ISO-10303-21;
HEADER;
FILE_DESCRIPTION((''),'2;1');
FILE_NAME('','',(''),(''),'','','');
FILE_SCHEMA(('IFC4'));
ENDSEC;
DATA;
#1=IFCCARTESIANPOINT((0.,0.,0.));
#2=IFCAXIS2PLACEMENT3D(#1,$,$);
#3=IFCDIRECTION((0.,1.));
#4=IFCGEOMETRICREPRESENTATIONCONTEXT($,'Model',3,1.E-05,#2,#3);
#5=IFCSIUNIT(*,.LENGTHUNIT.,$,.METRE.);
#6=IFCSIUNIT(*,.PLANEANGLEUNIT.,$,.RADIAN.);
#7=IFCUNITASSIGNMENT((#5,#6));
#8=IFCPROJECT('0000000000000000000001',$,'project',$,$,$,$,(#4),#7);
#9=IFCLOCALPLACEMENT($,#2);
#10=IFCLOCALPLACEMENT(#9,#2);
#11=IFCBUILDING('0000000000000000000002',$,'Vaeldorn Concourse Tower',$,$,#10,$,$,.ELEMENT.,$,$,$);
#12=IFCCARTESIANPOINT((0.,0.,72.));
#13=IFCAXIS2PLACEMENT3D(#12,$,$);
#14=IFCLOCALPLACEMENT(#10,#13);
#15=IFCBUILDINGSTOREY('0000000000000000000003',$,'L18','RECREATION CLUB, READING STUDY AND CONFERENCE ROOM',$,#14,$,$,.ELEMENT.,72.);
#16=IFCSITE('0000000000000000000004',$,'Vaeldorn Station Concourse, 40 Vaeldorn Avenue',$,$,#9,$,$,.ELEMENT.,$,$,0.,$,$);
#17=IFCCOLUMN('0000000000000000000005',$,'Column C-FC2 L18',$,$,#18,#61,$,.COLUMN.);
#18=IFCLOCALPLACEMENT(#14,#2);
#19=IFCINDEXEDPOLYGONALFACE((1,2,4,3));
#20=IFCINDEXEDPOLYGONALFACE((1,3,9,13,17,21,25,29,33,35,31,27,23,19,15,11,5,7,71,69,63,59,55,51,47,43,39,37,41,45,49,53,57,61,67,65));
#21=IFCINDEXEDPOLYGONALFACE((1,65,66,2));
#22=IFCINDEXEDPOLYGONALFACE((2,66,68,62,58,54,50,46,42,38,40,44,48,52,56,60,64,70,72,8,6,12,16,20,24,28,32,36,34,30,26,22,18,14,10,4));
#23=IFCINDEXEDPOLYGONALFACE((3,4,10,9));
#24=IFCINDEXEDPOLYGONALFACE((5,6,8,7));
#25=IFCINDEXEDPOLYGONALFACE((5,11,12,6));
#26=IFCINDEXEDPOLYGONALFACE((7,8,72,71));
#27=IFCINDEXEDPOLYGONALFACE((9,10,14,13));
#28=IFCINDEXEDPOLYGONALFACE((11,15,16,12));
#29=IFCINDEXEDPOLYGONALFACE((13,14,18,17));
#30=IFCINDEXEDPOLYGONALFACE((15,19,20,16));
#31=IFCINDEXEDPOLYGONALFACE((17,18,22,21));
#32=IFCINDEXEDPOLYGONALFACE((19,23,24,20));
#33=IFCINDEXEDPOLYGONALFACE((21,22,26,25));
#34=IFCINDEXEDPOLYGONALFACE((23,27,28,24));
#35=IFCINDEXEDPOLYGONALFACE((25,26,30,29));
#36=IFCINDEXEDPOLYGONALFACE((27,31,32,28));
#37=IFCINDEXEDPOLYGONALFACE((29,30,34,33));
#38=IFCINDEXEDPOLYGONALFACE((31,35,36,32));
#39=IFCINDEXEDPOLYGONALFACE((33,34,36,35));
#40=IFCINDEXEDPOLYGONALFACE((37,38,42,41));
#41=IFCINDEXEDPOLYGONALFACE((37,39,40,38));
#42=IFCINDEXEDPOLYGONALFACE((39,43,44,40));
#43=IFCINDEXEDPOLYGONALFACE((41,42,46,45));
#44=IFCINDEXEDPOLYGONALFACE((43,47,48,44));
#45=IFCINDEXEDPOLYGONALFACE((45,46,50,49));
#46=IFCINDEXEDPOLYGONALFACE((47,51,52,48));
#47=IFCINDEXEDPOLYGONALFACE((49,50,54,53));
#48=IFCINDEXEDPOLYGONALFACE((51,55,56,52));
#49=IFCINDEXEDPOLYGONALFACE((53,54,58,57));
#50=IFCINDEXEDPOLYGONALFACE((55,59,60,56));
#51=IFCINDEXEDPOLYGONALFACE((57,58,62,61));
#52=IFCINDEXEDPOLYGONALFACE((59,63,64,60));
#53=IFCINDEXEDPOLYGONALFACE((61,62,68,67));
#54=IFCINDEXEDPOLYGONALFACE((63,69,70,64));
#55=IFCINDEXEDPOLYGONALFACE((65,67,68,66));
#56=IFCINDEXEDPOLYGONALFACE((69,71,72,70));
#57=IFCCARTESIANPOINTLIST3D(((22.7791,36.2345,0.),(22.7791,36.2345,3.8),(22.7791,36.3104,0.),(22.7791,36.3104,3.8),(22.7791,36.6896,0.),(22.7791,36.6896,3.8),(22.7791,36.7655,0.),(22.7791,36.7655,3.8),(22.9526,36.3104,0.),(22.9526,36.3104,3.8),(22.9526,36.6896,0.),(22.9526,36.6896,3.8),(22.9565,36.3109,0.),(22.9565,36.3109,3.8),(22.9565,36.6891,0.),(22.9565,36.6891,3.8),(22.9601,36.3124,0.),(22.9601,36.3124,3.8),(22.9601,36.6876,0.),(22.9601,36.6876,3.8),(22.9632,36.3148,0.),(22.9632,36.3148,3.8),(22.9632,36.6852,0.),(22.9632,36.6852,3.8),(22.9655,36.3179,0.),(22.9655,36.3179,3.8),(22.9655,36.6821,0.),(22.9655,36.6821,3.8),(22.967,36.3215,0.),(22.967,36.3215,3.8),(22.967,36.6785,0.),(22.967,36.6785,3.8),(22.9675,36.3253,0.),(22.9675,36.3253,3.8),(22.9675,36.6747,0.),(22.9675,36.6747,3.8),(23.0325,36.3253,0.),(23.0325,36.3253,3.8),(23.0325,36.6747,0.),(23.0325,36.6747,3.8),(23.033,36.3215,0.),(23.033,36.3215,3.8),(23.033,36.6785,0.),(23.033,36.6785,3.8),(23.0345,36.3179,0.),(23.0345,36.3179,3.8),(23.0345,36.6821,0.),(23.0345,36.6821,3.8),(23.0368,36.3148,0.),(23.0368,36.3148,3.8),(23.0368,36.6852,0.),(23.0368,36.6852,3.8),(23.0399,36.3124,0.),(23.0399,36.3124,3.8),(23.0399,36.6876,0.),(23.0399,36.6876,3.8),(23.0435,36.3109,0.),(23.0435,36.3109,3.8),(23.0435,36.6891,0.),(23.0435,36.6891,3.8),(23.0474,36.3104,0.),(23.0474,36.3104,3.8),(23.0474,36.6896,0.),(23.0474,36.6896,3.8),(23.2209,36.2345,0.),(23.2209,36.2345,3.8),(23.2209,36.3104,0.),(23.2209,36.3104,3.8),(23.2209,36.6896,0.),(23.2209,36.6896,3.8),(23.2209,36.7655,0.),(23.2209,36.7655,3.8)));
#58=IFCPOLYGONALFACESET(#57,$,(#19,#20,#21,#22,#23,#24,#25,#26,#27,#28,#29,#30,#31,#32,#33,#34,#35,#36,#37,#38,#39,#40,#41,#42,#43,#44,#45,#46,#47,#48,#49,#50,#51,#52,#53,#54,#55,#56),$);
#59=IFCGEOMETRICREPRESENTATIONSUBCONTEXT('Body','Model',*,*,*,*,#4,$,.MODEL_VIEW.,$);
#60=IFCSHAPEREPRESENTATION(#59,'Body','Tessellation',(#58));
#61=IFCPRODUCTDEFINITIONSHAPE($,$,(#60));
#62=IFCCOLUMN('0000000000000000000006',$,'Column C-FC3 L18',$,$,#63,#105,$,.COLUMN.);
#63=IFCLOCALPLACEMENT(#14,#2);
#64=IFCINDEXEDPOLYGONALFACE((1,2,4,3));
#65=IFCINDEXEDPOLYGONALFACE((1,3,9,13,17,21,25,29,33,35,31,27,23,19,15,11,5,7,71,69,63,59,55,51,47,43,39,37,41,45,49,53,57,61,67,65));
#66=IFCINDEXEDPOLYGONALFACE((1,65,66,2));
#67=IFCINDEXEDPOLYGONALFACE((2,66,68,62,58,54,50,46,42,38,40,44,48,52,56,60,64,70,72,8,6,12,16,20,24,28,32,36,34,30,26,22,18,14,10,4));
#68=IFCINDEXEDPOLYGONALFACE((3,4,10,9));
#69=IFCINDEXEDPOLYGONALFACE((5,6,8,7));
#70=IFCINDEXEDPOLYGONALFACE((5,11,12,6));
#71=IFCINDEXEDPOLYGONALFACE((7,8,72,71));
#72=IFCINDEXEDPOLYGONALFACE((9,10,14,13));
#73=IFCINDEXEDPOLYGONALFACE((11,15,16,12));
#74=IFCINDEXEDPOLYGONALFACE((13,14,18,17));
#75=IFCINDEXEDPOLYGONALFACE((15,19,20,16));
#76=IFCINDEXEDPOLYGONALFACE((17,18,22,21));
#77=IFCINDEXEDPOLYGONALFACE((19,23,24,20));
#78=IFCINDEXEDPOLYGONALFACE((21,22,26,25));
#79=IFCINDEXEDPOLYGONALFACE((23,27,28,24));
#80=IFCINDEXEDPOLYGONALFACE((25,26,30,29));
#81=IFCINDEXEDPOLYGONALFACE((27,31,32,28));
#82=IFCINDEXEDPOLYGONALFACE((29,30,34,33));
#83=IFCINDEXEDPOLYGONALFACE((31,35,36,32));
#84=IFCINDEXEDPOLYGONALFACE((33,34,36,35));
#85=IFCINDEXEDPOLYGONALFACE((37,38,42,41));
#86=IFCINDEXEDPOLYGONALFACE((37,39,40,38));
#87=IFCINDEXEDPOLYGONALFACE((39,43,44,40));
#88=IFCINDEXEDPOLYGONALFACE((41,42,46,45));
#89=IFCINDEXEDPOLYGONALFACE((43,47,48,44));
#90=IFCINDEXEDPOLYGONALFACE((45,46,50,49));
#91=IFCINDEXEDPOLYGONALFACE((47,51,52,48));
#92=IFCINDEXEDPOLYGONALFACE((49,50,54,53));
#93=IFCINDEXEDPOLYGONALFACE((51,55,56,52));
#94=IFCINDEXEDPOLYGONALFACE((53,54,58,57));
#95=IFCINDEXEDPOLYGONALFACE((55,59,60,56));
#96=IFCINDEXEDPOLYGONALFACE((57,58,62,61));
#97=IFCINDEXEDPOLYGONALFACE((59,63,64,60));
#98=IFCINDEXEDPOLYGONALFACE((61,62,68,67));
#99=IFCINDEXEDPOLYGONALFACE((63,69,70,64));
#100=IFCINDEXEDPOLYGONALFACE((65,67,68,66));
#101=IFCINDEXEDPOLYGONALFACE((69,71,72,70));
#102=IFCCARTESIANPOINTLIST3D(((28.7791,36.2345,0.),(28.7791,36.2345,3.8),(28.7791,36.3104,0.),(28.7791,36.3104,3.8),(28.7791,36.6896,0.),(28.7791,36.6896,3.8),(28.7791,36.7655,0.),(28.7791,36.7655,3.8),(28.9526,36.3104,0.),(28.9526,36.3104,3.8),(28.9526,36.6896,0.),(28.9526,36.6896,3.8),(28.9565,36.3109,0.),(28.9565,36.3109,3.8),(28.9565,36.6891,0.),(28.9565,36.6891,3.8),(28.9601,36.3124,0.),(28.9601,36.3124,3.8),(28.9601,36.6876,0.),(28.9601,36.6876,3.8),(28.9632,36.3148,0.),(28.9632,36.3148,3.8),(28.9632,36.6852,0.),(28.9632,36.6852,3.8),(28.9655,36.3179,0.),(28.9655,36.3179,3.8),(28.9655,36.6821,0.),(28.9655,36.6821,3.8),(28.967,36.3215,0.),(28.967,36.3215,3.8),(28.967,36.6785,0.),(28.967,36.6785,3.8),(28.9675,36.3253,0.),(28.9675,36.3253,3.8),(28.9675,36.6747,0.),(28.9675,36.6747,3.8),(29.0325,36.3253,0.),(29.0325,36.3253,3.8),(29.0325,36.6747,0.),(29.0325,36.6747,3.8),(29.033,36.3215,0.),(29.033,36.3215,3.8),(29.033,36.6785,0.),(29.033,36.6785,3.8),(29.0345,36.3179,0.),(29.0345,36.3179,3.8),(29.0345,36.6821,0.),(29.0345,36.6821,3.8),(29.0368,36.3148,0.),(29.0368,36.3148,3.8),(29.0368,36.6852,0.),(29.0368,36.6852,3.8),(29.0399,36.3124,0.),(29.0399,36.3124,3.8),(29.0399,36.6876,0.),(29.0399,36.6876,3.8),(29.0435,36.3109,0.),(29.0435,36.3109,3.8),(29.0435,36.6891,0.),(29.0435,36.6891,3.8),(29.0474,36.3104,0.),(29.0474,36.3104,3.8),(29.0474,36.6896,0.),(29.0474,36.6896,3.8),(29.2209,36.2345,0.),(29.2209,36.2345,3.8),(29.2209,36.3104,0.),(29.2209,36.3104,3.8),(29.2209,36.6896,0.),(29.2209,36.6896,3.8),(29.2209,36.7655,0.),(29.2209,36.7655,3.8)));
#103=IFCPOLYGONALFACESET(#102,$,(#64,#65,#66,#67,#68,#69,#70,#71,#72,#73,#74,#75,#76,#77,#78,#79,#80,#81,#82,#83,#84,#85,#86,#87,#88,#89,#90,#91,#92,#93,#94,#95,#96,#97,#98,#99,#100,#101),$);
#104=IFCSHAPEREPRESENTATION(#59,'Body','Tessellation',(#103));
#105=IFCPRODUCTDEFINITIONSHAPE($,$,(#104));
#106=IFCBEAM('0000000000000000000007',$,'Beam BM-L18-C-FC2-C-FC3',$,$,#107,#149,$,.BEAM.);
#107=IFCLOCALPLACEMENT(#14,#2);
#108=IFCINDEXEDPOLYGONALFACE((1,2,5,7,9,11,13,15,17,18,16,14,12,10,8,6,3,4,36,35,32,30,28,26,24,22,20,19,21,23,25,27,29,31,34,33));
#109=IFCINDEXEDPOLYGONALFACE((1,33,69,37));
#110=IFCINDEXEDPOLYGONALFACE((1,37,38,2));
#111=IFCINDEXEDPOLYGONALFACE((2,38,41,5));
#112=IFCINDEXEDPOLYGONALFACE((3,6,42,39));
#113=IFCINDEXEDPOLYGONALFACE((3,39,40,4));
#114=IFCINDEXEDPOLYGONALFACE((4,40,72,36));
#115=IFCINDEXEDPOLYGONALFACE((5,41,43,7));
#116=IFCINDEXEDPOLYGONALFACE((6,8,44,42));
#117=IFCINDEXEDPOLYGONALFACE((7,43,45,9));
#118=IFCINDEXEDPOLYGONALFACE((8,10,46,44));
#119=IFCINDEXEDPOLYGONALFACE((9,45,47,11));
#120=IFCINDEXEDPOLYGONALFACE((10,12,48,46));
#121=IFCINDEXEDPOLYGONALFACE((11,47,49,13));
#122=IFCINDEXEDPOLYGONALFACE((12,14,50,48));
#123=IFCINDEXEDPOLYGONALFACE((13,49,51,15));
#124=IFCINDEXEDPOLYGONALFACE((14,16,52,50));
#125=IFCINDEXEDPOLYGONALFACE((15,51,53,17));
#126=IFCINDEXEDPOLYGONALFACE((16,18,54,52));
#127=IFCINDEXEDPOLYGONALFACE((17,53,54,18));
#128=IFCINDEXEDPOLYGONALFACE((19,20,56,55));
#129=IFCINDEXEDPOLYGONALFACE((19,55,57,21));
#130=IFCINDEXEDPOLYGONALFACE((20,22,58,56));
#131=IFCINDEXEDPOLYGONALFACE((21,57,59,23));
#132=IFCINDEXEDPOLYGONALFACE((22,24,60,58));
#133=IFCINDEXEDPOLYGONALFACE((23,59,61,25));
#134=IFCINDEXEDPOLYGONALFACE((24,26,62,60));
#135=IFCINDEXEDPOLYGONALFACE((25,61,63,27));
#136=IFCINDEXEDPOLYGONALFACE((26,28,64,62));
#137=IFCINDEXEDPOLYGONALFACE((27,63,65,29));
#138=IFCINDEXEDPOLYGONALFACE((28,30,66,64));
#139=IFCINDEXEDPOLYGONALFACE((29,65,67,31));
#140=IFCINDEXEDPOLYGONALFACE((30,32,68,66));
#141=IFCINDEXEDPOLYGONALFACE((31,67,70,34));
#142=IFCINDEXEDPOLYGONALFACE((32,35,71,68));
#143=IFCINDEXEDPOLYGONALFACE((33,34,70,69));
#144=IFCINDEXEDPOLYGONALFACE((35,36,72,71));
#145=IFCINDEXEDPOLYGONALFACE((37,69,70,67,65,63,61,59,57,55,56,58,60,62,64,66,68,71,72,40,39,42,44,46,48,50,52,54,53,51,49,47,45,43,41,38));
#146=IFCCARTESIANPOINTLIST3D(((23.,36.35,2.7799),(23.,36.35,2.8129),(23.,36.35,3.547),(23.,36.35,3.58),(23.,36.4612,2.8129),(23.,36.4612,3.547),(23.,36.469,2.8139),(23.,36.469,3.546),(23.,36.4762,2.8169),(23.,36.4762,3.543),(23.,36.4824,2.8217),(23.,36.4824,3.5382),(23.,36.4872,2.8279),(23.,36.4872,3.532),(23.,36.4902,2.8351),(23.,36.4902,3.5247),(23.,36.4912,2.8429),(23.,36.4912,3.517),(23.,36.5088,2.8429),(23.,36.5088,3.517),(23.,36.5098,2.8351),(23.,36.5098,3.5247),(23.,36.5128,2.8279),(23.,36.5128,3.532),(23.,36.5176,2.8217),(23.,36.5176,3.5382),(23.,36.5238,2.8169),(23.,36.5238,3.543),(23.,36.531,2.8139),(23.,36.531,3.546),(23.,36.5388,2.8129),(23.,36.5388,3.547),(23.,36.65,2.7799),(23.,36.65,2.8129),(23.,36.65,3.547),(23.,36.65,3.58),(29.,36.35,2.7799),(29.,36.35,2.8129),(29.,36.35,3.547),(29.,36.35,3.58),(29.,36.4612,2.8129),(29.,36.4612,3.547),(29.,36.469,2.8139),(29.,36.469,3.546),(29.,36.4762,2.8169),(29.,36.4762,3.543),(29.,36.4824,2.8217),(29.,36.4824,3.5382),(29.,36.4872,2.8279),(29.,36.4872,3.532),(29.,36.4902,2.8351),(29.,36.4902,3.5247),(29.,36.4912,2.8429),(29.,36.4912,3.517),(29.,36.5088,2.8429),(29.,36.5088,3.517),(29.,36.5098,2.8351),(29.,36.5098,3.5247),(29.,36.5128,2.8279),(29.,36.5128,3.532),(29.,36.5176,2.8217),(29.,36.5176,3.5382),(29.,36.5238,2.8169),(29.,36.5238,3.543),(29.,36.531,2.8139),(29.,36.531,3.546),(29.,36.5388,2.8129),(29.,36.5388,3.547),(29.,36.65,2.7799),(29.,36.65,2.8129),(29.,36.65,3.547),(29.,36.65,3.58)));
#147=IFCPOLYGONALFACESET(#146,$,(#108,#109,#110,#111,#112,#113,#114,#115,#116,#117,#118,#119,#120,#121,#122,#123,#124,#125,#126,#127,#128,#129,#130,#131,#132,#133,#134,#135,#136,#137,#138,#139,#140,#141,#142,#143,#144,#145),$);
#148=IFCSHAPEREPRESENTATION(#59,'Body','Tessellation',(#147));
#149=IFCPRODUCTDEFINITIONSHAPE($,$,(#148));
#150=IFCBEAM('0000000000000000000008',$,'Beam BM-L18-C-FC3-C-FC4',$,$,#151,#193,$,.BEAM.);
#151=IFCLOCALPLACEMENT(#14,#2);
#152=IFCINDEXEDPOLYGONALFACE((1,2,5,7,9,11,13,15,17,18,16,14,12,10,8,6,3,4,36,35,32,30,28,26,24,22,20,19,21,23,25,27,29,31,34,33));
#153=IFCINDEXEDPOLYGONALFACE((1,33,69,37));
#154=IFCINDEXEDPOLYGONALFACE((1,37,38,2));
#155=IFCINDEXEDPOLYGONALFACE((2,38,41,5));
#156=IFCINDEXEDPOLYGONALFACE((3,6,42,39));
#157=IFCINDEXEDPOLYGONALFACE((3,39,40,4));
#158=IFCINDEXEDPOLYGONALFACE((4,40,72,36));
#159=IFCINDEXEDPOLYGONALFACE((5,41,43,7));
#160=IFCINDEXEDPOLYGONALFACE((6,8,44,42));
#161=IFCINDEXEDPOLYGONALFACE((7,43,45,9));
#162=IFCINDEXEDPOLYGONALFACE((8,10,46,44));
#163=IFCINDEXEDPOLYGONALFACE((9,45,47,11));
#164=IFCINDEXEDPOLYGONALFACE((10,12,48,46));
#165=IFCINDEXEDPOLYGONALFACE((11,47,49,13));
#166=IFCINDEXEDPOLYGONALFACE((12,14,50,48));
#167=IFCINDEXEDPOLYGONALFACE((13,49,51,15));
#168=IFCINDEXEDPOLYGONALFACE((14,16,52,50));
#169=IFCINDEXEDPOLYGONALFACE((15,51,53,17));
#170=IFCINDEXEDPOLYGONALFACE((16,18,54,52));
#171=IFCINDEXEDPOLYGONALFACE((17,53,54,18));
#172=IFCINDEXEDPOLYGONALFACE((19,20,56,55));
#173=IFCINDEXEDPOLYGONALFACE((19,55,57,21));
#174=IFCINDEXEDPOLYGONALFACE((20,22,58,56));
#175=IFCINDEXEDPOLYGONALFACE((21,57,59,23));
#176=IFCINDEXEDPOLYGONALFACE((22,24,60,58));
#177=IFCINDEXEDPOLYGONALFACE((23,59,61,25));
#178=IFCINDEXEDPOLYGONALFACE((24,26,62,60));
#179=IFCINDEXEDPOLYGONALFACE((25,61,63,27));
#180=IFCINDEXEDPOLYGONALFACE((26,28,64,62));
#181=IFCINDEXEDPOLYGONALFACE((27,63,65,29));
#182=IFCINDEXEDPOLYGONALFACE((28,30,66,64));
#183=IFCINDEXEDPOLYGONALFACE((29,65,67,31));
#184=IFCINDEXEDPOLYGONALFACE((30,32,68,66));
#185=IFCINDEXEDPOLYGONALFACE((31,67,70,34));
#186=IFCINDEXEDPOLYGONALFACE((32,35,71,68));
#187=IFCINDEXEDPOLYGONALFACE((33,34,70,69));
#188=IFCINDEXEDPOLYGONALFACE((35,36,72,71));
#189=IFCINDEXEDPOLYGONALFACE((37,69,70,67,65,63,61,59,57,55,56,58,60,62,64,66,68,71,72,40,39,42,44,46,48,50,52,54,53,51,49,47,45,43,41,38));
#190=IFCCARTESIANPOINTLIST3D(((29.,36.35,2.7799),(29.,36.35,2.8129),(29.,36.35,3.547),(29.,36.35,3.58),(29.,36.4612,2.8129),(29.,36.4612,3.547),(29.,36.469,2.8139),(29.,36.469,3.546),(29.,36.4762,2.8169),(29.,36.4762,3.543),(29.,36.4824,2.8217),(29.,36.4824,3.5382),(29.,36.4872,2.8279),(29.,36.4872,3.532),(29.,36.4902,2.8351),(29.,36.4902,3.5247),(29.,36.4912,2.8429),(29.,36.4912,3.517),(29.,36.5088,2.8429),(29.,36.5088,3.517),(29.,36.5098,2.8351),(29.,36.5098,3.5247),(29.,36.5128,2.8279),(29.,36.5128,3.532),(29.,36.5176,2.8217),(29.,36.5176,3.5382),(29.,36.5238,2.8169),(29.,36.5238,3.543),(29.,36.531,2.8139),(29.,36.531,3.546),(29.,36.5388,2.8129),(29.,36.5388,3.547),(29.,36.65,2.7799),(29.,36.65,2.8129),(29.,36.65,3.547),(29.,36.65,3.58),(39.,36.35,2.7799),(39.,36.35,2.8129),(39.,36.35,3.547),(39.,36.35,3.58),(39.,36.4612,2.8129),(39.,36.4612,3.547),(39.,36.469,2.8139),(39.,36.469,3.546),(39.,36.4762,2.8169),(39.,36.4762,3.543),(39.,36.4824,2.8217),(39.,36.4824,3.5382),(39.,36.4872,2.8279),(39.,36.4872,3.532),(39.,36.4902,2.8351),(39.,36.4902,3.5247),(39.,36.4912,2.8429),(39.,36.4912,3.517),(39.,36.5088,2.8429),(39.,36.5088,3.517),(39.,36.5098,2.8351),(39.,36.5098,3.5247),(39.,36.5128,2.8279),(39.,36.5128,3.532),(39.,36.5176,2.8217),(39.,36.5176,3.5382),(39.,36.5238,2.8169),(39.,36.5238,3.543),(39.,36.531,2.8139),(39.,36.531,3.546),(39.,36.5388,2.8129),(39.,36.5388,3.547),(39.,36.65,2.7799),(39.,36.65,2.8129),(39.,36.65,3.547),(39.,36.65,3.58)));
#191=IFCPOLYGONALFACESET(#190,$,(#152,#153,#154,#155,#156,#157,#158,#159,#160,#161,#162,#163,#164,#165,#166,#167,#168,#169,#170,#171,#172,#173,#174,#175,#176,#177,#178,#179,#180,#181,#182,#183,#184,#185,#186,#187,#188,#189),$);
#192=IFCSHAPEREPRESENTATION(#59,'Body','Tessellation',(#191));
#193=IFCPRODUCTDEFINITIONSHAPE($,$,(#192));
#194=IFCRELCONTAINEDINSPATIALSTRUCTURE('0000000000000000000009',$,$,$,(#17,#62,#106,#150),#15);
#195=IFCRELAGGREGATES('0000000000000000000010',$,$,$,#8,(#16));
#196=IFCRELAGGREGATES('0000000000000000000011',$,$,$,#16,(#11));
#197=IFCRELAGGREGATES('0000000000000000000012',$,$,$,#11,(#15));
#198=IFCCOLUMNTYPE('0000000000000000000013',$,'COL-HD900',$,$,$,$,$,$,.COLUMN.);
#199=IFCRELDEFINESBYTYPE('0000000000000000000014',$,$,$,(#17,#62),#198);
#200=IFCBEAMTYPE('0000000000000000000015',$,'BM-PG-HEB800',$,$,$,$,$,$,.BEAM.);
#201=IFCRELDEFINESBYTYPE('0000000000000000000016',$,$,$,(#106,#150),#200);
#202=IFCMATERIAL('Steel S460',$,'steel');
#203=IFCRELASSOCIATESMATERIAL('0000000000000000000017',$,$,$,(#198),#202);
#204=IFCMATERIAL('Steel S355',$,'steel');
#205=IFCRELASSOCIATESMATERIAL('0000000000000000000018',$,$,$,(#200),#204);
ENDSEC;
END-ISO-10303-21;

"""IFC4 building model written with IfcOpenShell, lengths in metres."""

from ifc_helpers import new_model, si_unit, direction, frame, origin, origin_2d, place, context, subcontext, project, spatial, i_section, extrude, source, transform, mapped, material, material_profile, profile_set, type_object, element, save


model = new_model("IFC4")

# Units and contexts
model_context = context("Model", 3, precision=1e-05, world=origin(), true_north=direction((0.0, 1.0)))
body_context = subcontext(model_context, "Body", "Model", "MODEL_VIEW")
ifc_project = project(units=[si_unit("LENGTHUNIT", "METRE"), si_unit("PLANEANGLEUNIT", "RADIAN")], contexts=[model_context])

# Site, building, storey
site_placement = place(None, origin())
site = spatial("IfcSite", under=ifc_project, at=site_placement, Name="Vaeldorn Station Concourse, 40 Vaeldorn Avenue", CompositionType="ELEMENT", RefElevation=0.0)
building_placement = place(site_placement, origin())
building = spatial("IfcBuilding", under=site, at=building_placement, Name="Vaeldorn Concourse Tower", CompositionType="ELEMENT")
storey_placement = place(building_placement, frame((0.0, 0.0, 72.0)))
storey = spatial("IfcBuildingStorey", under=building, at=storey_placement, Name="L18", Description="RECREATION CLUB, READING STUDY AND CONFERENCE ROOM", CompositionType="ELEMENT", Elevation=72.0)

# Columns
ifc_material_1 = material(Name="Steel S460", Category="steel")
ifc_material_profile_1 = material_profile(ifc_material_1, i_section(OverallWidth=0.4419, OverallDepth=0.531, WebThickness=0.0649, FlangeThickness=0.0759, FilletRadius=0.0149, at=origin_2d()), Name="HD 400x900")
ifc_profile_set_1 = profile_set([ifc_material_profile_1], Name="Steel S460")
column_type = type_object("IfcColumnType", Name="COL-HD900", PredefinedType="COLUMN", material=ifc_profile_set_1)
shared_shape_1 = source(origin(), body_context, "Body", "SweptSolid", [
    extrude(i_section(OverallWidth=0.4419, OverallDepth=0.531, WebThickness=0.0649, FlangeThickness=0.0759, FilletRadius=0.0149, at=origin_2d()), origin(), (0.0, 0.0, 1.0), 3.8),
])
for number, where, z_axis, x_axis, name in (
    (1, (23.0, 36.5, 0.0), (0.0, 0.0, 1.0), (1.0, 0.0, 0.0), "Column C-FC2 L18"),
    (2, (29.0, 36.5, 0.0), (0.0, 0.0, 1.0), (1.0, 0.0, 0.0), "Column C-FC3 L18"),
):
    element("IfcColumn", number, at=place(storey_placement, frame(where, z_axis=z_axis, x_axis=x_axis)), inside=storey, type_object=column_type, Name=name, PredefinedType="COLUMN", context=body_context, shape_type="MappedRepresentation", body=[
        mapped(shared_shape_1, transform((0.0, 0.0, 0.0), scale=1.0)),
    ])

# Beams
ifc_material_2 = material(Name="Steel S355", Category="steel")
ifc_material_profile_2 = material_profile(ifc_material_2, i_section(OverallWidth=0.3, OverallDepth=0.8, WebThickness=0.0176, FlangeThickness=0.033, FilletRadius=0.03, at=origin_2d()), Name="HEB 800")
ifc_profile_set_2 = profile_set([ifc_material_profile_2], Name="Steel S355")
beam_type_1 = type_object("IfcBeamType", Name="BM-PG-HEB800", PredefinedType="BEAM", material=ifc_profile_set_2)
shared_shape_2 = source(origin(), body_context, "Body", "SweptSolid", [
    extrude(i_section(OverallWidth=0.3, OverallDepth=0.8, WebThickness=0.0176, FlangeThickness=0.033, FilletRadius=0.03, at=origin_2d()), origin(), (0.0, 0.0, 1.0), 6.0),
])
beam_1_placement = place(storey_placement, frame((23.0, 36.5, 3.1799), z_axis=(1.0, 0.0, 0.0), x_axis=(0.0, 1.0, 0.0)))
element("IfcBeam", 3, at=beam_1_placement, inside=storey, type_object=beam_type_1, Name="Beam BM-L18-C-FC2-C-FC3", PredefinedType="BEAM", context=body_context, shape_type="MappedRepresentation", body=[
    mapped(shared_shape_2, transform((0.0, 0.0, 0.0), scale=1.0)),
])
shared_shape_3 = source(origin(), body_context, "Body", "SweptSolid", [
    extrude(i_section(OverallWidth=0.3, OverallDepth=0.8, WebThickness=0.0176, FlangeThickness=0.033, FilletRadius=0.03, at=origin_2d()), origin(), (0.0, 0.0, 1.0), 10.0),
])
beam_2_placement = place(storey_placement, frame((29.0, 36.5, 3.1799), z_axis=(1.0, 0.0, 0.0), x_axis=(0.0, 1.0, 0.0)))
element("IfcBeam", 4, at=beam_2_placement, inside=storey, type_object=beam_type_1, Name="Beam BM-L18-C-FC3-C-FC4", PredefinedType="BEAM", context=body_context, shape_type="MappedRepresentation", body=[
    mapped(shared_shape_3, transform((0.0, 0.0, 0.0), scale=1.0)),
])

save(model, "model.ifc")
